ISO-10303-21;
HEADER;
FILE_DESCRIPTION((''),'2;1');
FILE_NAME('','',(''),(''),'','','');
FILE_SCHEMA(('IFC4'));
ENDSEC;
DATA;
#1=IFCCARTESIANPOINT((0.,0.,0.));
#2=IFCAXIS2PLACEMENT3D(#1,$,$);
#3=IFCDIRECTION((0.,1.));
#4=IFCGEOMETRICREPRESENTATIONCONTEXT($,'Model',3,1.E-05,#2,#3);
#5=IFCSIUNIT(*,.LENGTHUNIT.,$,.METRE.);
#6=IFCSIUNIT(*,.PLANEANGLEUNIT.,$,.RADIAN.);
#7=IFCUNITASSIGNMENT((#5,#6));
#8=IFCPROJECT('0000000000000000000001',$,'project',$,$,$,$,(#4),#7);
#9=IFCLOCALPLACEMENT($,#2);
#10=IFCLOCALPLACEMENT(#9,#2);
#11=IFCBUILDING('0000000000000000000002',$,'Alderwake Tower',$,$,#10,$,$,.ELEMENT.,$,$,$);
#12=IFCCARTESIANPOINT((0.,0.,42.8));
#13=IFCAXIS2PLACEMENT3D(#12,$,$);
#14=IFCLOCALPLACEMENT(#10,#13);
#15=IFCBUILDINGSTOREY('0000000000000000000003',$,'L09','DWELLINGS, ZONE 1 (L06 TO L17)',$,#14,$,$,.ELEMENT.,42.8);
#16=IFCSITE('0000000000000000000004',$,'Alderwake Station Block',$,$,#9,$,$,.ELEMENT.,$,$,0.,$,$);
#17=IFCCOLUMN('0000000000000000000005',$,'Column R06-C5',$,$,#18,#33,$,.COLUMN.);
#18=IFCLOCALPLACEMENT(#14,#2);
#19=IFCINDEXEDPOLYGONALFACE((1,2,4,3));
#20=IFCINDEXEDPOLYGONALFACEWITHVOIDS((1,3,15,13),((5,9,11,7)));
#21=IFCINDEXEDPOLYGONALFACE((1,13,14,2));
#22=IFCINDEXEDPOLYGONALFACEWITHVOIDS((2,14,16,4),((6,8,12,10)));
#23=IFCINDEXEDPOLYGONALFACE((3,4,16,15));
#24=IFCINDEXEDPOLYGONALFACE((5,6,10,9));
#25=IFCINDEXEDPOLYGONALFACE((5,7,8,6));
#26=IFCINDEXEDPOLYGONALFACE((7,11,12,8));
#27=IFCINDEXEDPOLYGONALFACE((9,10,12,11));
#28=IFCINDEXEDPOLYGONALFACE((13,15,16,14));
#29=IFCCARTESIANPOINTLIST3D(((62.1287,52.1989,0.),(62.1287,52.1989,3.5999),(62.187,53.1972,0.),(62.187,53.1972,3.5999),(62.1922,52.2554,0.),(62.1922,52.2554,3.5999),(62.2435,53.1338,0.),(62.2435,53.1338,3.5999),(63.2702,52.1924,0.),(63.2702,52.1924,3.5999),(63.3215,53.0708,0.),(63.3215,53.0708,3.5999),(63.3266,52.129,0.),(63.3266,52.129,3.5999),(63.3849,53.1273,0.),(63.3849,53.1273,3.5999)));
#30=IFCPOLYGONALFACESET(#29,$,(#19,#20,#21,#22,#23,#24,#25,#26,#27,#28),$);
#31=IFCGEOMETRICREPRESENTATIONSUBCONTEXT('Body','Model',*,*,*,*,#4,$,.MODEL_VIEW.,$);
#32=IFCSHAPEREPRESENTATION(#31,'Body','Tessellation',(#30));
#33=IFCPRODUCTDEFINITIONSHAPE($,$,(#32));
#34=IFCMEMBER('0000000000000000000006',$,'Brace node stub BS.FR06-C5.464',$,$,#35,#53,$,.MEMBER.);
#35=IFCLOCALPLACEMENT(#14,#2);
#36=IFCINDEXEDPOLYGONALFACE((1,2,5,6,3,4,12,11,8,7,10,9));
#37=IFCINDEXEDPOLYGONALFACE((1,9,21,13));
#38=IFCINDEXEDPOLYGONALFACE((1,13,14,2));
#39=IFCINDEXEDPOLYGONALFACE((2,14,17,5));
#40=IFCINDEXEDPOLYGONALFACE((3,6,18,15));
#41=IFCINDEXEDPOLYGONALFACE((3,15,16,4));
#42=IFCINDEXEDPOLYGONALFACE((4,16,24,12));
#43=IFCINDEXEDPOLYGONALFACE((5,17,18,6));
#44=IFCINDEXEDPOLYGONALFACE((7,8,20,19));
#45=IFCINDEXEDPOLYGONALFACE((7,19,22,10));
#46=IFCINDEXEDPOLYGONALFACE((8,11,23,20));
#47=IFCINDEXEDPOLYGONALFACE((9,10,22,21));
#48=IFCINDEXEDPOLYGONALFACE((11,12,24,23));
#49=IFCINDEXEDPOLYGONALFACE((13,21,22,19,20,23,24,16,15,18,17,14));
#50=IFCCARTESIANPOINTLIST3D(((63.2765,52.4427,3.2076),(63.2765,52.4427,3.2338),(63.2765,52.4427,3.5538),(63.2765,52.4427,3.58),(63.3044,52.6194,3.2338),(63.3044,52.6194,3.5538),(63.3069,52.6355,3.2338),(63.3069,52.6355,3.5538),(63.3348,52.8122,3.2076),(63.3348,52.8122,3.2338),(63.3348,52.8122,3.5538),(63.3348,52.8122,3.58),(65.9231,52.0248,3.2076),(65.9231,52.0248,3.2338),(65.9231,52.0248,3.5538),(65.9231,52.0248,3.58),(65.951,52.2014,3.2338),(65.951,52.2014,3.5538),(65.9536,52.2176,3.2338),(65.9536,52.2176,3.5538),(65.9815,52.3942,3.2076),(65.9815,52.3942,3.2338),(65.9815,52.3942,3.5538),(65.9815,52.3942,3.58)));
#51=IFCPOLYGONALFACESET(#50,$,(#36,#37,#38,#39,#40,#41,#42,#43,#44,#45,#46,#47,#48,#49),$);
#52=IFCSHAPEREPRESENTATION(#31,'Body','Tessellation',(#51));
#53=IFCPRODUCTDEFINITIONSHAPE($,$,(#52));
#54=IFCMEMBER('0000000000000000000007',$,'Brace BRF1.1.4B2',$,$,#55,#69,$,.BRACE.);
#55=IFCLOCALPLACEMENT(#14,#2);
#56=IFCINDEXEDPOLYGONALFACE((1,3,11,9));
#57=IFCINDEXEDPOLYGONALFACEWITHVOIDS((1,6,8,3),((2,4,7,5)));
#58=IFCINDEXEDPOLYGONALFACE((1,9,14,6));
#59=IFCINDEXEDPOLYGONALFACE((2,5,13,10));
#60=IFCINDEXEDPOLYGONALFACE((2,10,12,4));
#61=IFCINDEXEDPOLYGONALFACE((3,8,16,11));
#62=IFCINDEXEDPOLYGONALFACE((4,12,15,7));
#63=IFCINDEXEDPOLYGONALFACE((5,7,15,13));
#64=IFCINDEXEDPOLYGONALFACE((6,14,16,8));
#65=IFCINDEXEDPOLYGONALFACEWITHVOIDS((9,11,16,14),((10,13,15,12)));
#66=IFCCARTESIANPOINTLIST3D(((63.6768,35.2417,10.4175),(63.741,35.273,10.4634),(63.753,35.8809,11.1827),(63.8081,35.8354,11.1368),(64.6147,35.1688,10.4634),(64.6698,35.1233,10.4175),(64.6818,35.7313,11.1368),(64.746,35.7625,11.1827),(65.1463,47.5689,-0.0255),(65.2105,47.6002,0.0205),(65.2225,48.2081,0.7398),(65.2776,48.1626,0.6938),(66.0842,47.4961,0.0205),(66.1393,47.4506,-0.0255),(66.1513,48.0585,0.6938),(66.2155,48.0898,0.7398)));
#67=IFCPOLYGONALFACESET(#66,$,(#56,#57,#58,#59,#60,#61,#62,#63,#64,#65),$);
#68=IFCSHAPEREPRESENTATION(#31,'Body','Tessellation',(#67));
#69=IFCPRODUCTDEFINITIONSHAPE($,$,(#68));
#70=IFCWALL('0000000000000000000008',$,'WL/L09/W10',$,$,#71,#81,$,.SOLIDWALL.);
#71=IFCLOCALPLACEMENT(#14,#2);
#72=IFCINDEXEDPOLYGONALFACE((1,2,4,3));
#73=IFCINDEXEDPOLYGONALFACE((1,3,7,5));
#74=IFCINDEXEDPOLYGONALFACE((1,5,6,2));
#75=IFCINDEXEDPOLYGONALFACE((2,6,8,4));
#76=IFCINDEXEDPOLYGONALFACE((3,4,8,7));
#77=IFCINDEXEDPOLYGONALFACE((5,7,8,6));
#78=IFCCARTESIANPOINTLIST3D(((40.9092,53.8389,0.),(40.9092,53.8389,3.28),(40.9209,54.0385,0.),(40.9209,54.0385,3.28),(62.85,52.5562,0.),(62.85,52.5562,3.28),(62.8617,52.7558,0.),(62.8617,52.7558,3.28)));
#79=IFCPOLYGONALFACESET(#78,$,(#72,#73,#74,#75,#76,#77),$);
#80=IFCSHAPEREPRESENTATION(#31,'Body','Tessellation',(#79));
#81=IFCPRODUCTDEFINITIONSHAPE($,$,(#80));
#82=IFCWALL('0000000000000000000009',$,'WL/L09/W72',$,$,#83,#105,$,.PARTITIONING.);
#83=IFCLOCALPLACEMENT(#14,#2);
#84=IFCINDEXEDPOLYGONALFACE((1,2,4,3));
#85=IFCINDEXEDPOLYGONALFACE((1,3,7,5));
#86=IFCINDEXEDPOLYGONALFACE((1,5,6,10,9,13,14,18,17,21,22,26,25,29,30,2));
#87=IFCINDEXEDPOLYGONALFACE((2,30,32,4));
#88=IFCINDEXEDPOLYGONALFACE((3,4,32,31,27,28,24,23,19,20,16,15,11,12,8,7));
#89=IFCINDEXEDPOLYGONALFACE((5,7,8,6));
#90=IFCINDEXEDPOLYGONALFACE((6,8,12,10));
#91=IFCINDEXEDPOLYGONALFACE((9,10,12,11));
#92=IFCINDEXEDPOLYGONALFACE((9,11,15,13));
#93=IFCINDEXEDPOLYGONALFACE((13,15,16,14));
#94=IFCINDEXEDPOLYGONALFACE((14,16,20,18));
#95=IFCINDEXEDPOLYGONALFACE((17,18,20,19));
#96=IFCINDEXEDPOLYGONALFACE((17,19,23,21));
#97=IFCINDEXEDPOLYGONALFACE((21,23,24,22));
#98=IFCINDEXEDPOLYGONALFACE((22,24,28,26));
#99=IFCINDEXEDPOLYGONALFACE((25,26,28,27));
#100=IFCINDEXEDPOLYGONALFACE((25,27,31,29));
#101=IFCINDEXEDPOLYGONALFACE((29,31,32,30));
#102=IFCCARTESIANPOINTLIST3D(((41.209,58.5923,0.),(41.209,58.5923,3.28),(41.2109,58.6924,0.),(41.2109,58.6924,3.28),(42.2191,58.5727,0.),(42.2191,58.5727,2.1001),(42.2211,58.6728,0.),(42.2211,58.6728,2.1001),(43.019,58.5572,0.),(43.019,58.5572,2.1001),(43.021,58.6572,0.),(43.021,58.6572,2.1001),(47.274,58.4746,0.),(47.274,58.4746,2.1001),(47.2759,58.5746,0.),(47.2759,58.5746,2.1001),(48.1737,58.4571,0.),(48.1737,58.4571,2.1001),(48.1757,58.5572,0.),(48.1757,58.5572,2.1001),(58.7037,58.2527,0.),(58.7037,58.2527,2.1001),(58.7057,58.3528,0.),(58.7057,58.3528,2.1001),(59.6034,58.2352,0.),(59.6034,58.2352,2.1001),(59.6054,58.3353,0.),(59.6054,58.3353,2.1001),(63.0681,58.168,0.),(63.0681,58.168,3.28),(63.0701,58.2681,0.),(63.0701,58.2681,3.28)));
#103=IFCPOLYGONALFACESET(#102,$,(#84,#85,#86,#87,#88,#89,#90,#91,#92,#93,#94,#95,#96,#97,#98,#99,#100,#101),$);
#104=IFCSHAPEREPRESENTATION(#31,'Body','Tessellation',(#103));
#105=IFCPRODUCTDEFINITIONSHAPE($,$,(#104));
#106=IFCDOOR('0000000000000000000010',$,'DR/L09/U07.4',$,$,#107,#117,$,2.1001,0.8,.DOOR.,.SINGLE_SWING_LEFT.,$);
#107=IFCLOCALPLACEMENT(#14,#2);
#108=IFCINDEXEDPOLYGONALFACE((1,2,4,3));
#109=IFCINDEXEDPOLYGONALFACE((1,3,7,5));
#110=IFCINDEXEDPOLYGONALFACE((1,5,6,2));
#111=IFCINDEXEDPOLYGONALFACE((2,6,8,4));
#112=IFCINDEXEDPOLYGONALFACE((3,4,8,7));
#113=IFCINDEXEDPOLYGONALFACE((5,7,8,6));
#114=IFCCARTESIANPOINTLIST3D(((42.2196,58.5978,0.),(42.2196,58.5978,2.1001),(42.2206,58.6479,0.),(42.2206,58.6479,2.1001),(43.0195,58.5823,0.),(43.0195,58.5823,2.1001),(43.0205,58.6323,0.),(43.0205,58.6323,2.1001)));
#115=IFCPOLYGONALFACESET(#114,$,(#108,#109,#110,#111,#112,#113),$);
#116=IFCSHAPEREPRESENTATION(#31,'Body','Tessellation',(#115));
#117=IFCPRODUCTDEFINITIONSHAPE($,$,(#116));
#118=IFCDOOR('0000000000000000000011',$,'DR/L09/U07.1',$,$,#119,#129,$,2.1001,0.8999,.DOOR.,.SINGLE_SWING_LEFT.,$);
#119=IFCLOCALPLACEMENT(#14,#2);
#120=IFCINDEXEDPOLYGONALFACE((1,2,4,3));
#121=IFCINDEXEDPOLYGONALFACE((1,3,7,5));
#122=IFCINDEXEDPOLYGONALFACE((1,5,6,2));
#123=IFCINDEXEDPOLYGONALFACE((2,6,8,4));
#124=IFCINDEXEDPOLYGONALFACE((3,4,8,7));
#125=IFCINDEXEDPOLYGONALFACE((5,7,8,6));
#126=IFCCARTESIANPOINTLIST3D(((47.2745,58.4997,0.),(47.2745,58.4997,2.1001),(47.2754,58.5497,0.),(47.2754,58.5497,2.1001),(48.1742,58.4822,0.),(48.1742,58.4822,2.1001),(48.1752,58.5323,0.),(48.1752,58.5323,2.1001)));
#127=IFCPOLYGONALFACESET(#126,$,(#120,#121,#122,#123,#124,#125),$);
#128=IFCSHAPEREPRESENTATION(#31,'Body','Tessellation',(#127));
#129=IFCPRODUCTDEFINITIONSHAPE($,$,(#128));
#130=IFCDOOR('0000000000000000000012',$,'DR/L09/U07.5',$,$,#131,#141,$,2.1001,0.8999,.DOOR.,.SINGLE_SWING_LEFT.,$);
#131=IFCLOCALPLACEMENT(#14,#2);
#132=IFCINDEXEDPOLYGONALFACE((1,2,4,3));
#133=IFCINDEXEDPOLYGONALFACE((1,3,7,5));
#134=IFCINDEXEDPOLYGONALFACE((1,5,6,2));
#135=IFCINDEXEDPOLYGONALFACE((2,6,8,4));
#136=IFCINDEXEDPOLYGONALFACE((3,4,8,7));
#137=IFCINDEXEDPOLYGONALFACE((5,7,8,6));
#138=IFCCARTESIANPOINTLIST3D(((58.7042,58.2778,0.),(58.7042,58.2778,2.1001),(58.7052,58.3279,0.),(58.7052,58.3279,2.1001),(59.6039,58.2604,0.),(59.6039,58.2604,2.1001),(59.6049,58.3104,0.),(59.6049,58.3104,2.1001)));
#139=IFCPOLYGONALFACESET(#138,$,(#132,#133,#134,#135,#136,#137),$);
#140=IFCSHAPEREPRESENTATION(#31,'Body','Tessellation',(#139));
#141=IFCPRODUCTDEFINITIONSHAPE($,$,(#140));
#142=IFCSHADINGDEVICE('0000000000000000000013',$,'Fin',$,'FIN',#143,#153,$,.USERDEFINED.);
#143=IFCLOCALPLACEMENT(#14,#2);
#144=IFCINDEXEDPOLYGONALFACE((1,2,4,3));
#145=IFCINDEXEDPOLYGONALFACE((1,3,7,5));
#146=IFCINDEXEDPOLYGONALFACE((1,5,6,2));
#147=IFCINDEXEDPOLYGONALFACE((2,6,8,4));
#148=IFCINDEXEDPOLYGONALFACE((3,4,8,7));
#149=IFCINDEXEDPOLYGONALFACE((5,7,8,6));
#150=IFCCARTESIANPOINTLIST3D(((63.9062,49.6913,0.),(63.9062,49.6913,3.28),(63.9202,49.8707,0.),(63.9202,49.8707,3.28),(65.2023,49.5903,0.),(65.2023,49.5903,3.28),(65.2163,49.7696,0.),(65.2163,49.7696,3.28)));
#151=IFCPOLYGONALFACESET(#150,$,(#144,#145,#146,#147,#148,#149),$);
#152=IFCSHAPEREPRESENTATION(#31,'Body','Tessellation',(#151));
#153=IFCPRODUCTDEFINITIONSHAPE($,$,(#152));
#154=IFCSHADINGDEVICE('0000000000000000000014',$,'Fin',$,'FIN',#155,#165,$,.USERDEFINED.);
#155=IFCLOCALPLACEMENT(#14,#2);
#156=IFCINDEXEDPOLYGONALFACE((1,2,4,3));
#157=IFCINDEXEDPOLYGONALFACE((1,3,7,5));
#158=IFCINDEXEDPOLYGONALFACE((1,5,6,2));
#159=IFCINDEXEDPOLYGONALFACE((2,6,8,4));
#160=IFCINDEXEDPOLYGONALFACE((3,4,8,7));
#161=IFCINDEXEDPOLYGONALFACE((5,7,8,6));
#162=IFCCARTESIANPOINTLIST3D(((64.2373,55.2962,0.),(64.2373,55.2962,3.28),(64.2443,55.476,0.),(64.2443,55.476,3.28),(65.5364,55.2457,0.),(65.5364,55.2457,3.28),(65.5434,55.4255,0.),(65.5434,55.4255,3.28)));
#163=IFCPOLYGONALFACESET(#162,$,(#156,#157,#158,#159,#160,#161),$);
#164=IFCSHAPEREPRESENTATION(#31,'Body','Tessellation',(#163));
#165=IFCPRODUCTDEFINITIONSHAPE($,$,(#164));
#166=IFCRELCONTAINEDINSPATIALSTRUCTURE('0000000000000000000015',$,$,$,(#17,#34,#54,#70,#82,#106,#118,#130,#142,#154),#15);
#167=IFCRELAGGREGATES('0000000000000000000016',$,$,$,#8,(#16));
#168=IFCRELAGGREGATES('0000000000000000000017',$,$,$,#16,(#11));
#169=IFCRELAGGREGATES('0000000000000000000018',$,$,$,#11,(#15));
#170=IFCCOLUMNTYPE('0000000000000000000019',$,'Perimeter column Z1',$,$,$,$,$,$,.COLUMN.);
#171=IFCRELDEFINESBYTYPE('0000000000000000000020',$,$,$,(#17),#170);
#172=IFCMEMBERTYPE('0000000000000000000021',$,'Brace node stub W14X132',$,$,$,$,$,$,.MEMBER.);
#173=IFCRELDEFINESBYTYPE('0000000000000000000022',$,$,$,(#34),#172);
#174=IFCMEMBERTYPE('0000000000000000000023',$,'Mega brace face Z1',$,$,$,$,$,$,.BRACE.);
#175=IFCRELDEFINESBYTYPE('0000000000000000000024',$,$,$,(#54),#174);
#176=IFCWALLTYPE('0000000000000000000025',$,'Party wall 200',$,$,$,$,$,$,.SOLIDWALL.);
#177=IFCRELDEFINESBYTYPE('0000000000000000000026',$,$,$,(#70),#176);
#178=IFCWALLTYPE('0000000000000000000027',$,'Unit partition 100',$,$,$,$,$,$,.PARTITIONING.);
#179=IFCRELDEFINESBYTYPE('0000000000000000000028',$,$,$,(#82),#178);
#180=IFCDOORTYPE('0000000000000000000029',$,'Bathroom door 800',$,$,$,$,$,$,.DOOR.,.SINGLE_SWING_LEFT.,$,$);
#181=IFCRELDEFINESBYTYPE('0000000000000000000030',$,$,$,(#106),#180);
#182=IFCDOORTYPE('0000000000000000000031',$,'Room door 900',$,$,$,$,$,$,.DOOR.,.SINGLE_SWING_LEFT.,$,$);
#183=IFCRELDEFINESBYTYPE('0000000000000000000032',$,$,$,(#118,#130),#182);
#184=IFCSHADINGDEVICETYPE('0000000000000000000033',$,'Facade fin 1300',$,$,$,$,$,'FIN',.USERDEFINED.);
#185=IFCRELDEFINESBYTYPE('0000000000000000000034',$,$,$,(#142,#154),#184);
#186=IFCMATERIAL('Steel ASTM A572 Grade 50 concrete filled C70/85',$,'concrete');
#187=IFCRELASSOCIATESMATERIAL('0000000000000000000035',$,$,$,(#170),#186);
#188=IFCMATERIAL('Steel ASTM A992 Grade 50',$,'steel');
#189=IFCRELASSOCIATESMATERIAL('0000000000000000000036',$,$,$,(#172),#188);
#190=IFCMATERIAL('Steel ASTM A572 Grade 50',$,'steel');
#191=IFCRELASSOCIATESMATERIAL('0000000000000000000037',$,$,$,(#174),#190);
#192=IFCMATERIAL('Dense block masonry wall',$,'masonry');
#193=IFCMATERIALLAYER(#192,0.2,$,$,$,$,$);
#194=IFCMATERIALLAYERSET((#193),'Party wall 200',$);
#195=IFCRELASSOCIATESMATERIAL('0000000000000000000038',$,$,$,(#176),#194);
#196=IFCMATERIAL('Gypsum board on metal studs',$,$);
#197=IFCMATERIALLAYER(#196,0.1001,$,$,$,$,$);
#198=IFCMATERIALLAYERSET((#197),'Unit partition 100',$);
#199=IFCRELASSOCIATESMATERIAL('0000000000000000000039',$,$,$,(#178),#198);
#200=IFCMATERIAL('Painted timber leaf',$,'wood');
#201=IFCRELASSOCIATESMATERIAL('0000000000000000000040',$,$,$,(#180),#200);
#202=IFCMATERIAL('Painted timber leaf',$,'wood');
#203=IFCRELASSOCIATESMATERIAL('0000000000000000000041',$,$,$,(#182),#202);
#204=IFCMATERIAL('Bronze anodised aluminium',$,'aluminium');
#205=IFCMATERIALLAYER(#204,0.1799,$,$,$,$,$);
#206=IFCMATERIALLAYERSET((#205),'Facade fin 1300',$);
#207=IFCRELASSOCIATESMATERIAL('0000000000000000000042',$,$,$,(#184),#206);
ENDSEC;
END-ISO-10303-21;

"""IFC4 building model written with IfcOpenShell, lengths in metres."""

from ifc_helpers import new_model, si_unit, direction, frame, frame_2d, origin, origin_2d, place, context, subcontext, project, spatial, rectangle, hollow_rectangle, i_section, extrude, material, layer, layer_set, material_profile, profile_set, type_object, element, fill, save


model = new_model("IFC4")

# Units and contexts
model_context = context("Model", 3, precision=1e-05, world=origin(), true_north=direction((0.0, 1.0)))
body_context = subcontext(model_context, "Body", "Model", "MODEL_VIEW")
ifc_project = project(units=[si_unit("LENGTHUNIT", "METRE"), si_unit("PLANEANGLEUNIT", "RADIAN")], contexts=[model_context])

# Site, building, storey
site_placement = place(None, origin())
site = spatial("IfcSite", under=ifc_project, at=site_placement, Name="Alderwake Station Block", CompositionType="ELEMENT", RefElevation=0.0)
building_placement = place(site_placement, origin())
building = spatial("IfcBuilding", under=site, at=building_placement, Name="Alderwake Tower", CompositionType="ELEMENT")
storey_placement = place(building_placement, frame((0.0, 0.0, 42.8)))
storey = spatial("IfcBuildingStorey", under=building, at=storey_placement, Name="L09", Description="DWELLINGS, ZONE 1 (L06 TO L17)", CompositionType="ELEMENT", Elevation=42.8)

# Column
ifc_material_1 = material(Name="Steel ASTM A572 Grade 50 concrete filled C70/85", Category="concrete")
ifc_material_profile_1 = material_profile(ifc_material_1, hollow_rectangle(XDim=1.0, YDim=1.2, WallThickness=0.0601, at=origin_2d()), Name="BOX 1200X1000X60")
ifc_profile_set_1 = profile_set([ifc_material_profile_1], Name="Steel ASTM A572 Grade 50 concrete filled C70/85")
column_type = type_object("IfcColumnType", Name="Perimeter column Z1", PredefinedType="COLUMN", material=ifc_profile_set_1)
column_placement = place(storey_placement, frame((62.7568, 52.6631, 0.0), z_axis=(0.0, 0.0, 1.0), x_axis=(0.058299, 0.998299, 0.0)))
element("IfcColumn", 1, at=column_placement, inside=storey, type_object=column_type, Name="Column R06-C5", PredefinedType="COLUMN", context=body_context, shape_type="SweptSolid", body=[
    extrude(hollow_rectangle(XDim=1.0, YDim=1.2, WallThickness=0.0601, at=origin_2d()), origin(), (0.0, 0.0, 1.0), 3.5999),
])

# Members
ifc_material_2 = material(Name="Steel ASTM A992 Grade 50", Category="steel")
ifc_material_profile_2 = material_profile(ifc_material_2, i_section(OverallWidth=0.374, OverallDepth=0.3723, WebThickness=0.0164, FlangeThickness=0.0261, at=origin_2d()), Name="W14X132")
ifc_profile_set_2 = profile_set([ifc_material_profile_2], Name="Steel ASTM A992 Grade 50")
member_type_1 = type_object("IfcMemberType", Name="Brace node stub W14X132", PredefinedType="MEMBER", material=ifc_profile_set_2)
member_1_placement = place(storey_placement, frame((63.3057, 52.6274, 3.3938), z_axis=(0.987759, -0.155986, 0.0), x_axis=(0.155986, 0.987759, 0.0)))
element("IfcMember", 2, at=member_1_placement, inside=storey, type_object=member_type_1, Name="Brace node stub BS.FR06-C5.464", PredefinedType="MEMBER", context=body_context, shape_type="SweptSolid", body=[
    extrude(i_section(OverallWidth=0.374, OverallDepth=0.3723, WebThickness=0.0164, FlangeThickness=0.0261, at=origin_2d()), origin(), (0.0, 0.0, 1.0), 2.6794),
])
ifc_material_3 = material(Name="Steel ASTM A572 Grade 50", Category="steel")
ifc_material_profile_3 = material_profile(ifc_material_3, hollow_rectangle(XDim=1.0, YDim=1.0, WallThickness=0.0601, at=origin_2d()), Name="BOX 1000X1000X60")
ifc_profile_set_3 = profile_set([ifc_material_profile_3], Name="Steel ASTM A572 Grade 50")
member_type_2 = type_object("IfcMemberType", Name="Mega brace face Z1", PredefinedType="BRACE", material=ifc_profile_set_3)
member_2_placement = place(storey_placement, frame((65.6809, 47.8293, 0.3572), z_axis=(-0.090583, -0.759877, 0.643725), x_axis=(0.99297, -0.118369, 0.0)))
element("IfcMember", 3, at=member_2_placement, inside=storey, type_object=member_type_2, Name="Brace BRF1.1.4B2", PredefinedType="BRACE", context=body_context, shape_type="SweptSolid", body=[
    extrude(hollow_rectangle(XDim=1.0, YDim=1.0, WallThickness=0.0601, at=origin_2d()), origin(), (0.0, 0.0, 1.0), 16.2227),
])

# Wall
ifc_material_4 = material(Name="Dense block masonry wall", Category="masonry")
ifc_layer_1 = layer(ifc_material_4, 0.2)
ifc_layer_set_1 = layer_set([ifc_layer_1], Name="Party wall 200")
wall_type_1 = type_object("IfcWallType", Name="Party wall 200", PredefinedType="SOLIDWALL", material=ifc_layer_set_1)
wall_1_placement = place(storey_placement, frame((62.856, 52.656, 0.0), z_axis=(0.0, 0.0, 1.0), x_axis=(-0.998295, 0.058363, 0.0)))
element("IfcWall", 4, at=wall_1_placement, inside=storey, type_object=wall_type_1, Name="WL/L09/W10", PredefinedType="SOLIDWALL", context=body_context, shape_type="SweptSolid", body=[
    extrude(rectangle(XDim=21.9783, YDim=0.2, at=frame_2d((10.9893, 0.0))), origin(), (0.0, 0.0, 1.0), 3.28),
])

# Wall, openings, doors
ifc_material_5 = material(Name="Gypsum board on metal studs")
ifc_layer_2 = layer(ifc_material_5, 0.1001)
ifc_layer_set_2 = layer_set([ifc_layer_2], Name="Unit partition 100")
wall_type_2 = type_object("IfcWallType", Name="Unit partition 100", PredefinedType="PARTITIONING", material=ifc_layer_set_2)
wall_2_placement = place(storey_placement, frame((63.0691, 58.218, 0.0), z_axis=(0.0, 0.0, 1.0), x_axis=(-0.999812, 0.019408, 0.0)))
wall_2 = element("IfcWall", 5, at=wall_2_placement, inside=storey, type_object=wall_type_2, Name="WL/L09/W72", PredefinedType="PARTITIONING", context=body_context, shape_type="SweptSolid", body=[
    extrude(rectangle(XDim=21.8633, YDim=0.1001, at=frame_2d((10.9316, 0.0))), origin(), (0.0, 0.0, 1.0), 3.28),
])
opening_1_placement = place(wall_2_placement, frame((14.8972, 0.0, 0.0)))
opening_1 = element("IfcOpeningElement", 6, at=opening_1_placement, cuts=wall_2, PredefinedType="OPENING", context=body_context, shape_type="SweptSolid", body=[
    extrude(rectangle(XDim=0.8999, YDim=2.1001, at=frame_2d((0.45, 1.05))), frame((0.0, 0.0601, 0.0), z_axis=(0.0, -1.0, 0.0), x_axis=(1.0, 0.0, 0.0)), (0.0, 0.0, 1.0), 0.1201),
])
opening_2_placement = place(wall_2_placement, frame((20.053, 0.0, 0.0)))
opening_2 = element("IfcOpeningElement", 7, at=opening_2_placement, cuts=wall_2, PredefinedType="OPENING", context=body_context, shape_type="SweptSolid", body=[
    extrude(rectangle(XDim=0.8, YDim=2.1001, at=frame_2d((0.3999, 1.05))), frame((0.0, 0.0601, 0.0), z_axis=(0.0, -1.0, 0.0), x_axis=(1.0, 0.0, 0.0)), (0.0, 0.0, 1.0), 0.1201),
])
opening_3_placement = place(wall_2_placement, frame((3.4653, 0.0, 0.0)))
opening_3 = element("IfcOpeningElement", 8, at=opening_3_placement, cuts=wall_2, PredefinedType="OPENING", context=body_context, shape_type="SweptSolid", body=[
    extrude(rectangle(XDim=0.8999, YDim=2.1001, at=frame_2d((0.45, 1.05))), frame((0.0, 0.0601, 0.0), z_axis=(0.0, -1.0, 0.0), x_axis=(1.0, 0.0, 0.0)), (0.0, 0.0, 1.0), 0.1201),
])
ifc_material_6 = material(Name="Painted timber leaf", Category="wood")
door_type_1 = type_object("IfcDoorType", Name="Bathroom door 800", OperationType="SINGLE_SWING_LEFT", PredefinedType="DOOR", material=ifc_material_6)
door_1_placement = place(opening_2_placement, origin())
door_1 = element("IfcDoor", 9, at=door_1_placement, inside=storey, type_object=door_type_1, Name="DR/L09/U07.4", OperationType="SINGLE_SWING_LEFT", OverallHeight=2.1001, OverallWidth=0.8, PredefinedType="DOOR", context=body_context, shape_type="SweptSolid", body=[
    extrude(rectangle(XDim=0.8, YDim=2.1001, at=frame_2d((0.3999, 1.05))), frame((0.0, 0.0249, 0.0), z_axis=(0.0, -1.0, 0.0), x_axis=(1.0, 0.0, 0.0)), (0.0, 0.0, 1.0), 0.05),
])
fill(opening_2, door_1)
ifc_material_7 = material(Name="Painted timber leaf", Category="wood")
door_type_2 = type_object("IfcDoorType", Name="Room door 900", OperationType="SINGLE_SWING_LEFT", PredefinedType="DOOR", material=ifc_material_7)
door_2_placement = place(opening_1_placement, origin())
door_2 = element("IfcDoor", 10, at=door_2_placement, inside=storey, type_object=door_type_2, Name="DR/L09/U07.1", OperationType="SINGLE_SWING_LEFT", OverallHeight=2.1001, OverallWidth=0.8999, PredefinedType="DOOR", context=body_context, shape_type="SweptSolid", body=[
    extrude(rectangle(XDim=0.8999, YDim=2.1001, at=frame_2d((0.45, 1.05))), frame((0.0, 0.0249, 0.0), z_axis=(0.0, -1.0, 0.0), x_axis=(1.0, 0.0, 0.0)), (0.0, 0.0, 1.0), 0.05),
])
fill(opening_1, door_2)
door_3_placement = place(opening_3_placement, origin())
door_3 = element("IfcDoor", 11, at=door_3_placement, inside=storey, type_object=door_type_2, Name="DR/L09/U07.5", OperationType="SINGLE_SWING_LEFT", OverallHeight=2.1001, OverallWidth=0.8999, PredefinedType="DOOR", context=body_context, shape_type="SweptSolid", body=[
    extrude(rectangle(XDim=0.8999, YDim=2.1001, at=frame_2d((0.45, 1.05))), frame((0.0, 0.0249, 0.0), z_axis=(0.0, -1.0, 0.0), x_axis=(1.0, 0.0, 0.0)), (0.0, 0.0, 1.0), 0.05),
])
fill(opening_3, door_3)

# Shading devices
ifc_material_8 = material(Name="Bronze anodised aluminium", Category="aluminium")
ifc_layer_3 = layer(ifc_material_8, 0.1799)
ifc_layer_set_3 = layer_set([ifc_layer_3], Name="Facade fin 1300")
shading_device_type_1 = type_object("IfcShadingDeviceType", Name="Facade fin 1300", ElementType="FIN", PredefinedType="USERDEFINED", material=ifc_layer_set_3)
for number, where, z_axis, x_axis, name in (
    (12, (64.5613, 49.7305, 0.0), (0.0, 0.0, 1.0), (0.996975, -0.077721, 0.0), "Fin"),
    (13, (64.8904, 55.3608, 0.0), (0.0, 0.0, 1.0), (0.999243, -0.03889, 0.0), "Fin"),
):
    element("IfcShadingDevice", number, at=place(storey_placement, frame(where, z_axis=z_axis, x_axis=x_axis)), inside=storey, type_object=shading_device_type_1, Name=name, ObjectType="FIN", PredefinedType="USERDEFINED", context=body_context, shape_type="SweptSolid", body=[
        extrude(rectangle(XDim=1.3, YDim=0.1799, at=origin_2d()), origin(), (0.0, 0.0, 1.0), 3.28),
    ])

save(model, "model.ifc")
